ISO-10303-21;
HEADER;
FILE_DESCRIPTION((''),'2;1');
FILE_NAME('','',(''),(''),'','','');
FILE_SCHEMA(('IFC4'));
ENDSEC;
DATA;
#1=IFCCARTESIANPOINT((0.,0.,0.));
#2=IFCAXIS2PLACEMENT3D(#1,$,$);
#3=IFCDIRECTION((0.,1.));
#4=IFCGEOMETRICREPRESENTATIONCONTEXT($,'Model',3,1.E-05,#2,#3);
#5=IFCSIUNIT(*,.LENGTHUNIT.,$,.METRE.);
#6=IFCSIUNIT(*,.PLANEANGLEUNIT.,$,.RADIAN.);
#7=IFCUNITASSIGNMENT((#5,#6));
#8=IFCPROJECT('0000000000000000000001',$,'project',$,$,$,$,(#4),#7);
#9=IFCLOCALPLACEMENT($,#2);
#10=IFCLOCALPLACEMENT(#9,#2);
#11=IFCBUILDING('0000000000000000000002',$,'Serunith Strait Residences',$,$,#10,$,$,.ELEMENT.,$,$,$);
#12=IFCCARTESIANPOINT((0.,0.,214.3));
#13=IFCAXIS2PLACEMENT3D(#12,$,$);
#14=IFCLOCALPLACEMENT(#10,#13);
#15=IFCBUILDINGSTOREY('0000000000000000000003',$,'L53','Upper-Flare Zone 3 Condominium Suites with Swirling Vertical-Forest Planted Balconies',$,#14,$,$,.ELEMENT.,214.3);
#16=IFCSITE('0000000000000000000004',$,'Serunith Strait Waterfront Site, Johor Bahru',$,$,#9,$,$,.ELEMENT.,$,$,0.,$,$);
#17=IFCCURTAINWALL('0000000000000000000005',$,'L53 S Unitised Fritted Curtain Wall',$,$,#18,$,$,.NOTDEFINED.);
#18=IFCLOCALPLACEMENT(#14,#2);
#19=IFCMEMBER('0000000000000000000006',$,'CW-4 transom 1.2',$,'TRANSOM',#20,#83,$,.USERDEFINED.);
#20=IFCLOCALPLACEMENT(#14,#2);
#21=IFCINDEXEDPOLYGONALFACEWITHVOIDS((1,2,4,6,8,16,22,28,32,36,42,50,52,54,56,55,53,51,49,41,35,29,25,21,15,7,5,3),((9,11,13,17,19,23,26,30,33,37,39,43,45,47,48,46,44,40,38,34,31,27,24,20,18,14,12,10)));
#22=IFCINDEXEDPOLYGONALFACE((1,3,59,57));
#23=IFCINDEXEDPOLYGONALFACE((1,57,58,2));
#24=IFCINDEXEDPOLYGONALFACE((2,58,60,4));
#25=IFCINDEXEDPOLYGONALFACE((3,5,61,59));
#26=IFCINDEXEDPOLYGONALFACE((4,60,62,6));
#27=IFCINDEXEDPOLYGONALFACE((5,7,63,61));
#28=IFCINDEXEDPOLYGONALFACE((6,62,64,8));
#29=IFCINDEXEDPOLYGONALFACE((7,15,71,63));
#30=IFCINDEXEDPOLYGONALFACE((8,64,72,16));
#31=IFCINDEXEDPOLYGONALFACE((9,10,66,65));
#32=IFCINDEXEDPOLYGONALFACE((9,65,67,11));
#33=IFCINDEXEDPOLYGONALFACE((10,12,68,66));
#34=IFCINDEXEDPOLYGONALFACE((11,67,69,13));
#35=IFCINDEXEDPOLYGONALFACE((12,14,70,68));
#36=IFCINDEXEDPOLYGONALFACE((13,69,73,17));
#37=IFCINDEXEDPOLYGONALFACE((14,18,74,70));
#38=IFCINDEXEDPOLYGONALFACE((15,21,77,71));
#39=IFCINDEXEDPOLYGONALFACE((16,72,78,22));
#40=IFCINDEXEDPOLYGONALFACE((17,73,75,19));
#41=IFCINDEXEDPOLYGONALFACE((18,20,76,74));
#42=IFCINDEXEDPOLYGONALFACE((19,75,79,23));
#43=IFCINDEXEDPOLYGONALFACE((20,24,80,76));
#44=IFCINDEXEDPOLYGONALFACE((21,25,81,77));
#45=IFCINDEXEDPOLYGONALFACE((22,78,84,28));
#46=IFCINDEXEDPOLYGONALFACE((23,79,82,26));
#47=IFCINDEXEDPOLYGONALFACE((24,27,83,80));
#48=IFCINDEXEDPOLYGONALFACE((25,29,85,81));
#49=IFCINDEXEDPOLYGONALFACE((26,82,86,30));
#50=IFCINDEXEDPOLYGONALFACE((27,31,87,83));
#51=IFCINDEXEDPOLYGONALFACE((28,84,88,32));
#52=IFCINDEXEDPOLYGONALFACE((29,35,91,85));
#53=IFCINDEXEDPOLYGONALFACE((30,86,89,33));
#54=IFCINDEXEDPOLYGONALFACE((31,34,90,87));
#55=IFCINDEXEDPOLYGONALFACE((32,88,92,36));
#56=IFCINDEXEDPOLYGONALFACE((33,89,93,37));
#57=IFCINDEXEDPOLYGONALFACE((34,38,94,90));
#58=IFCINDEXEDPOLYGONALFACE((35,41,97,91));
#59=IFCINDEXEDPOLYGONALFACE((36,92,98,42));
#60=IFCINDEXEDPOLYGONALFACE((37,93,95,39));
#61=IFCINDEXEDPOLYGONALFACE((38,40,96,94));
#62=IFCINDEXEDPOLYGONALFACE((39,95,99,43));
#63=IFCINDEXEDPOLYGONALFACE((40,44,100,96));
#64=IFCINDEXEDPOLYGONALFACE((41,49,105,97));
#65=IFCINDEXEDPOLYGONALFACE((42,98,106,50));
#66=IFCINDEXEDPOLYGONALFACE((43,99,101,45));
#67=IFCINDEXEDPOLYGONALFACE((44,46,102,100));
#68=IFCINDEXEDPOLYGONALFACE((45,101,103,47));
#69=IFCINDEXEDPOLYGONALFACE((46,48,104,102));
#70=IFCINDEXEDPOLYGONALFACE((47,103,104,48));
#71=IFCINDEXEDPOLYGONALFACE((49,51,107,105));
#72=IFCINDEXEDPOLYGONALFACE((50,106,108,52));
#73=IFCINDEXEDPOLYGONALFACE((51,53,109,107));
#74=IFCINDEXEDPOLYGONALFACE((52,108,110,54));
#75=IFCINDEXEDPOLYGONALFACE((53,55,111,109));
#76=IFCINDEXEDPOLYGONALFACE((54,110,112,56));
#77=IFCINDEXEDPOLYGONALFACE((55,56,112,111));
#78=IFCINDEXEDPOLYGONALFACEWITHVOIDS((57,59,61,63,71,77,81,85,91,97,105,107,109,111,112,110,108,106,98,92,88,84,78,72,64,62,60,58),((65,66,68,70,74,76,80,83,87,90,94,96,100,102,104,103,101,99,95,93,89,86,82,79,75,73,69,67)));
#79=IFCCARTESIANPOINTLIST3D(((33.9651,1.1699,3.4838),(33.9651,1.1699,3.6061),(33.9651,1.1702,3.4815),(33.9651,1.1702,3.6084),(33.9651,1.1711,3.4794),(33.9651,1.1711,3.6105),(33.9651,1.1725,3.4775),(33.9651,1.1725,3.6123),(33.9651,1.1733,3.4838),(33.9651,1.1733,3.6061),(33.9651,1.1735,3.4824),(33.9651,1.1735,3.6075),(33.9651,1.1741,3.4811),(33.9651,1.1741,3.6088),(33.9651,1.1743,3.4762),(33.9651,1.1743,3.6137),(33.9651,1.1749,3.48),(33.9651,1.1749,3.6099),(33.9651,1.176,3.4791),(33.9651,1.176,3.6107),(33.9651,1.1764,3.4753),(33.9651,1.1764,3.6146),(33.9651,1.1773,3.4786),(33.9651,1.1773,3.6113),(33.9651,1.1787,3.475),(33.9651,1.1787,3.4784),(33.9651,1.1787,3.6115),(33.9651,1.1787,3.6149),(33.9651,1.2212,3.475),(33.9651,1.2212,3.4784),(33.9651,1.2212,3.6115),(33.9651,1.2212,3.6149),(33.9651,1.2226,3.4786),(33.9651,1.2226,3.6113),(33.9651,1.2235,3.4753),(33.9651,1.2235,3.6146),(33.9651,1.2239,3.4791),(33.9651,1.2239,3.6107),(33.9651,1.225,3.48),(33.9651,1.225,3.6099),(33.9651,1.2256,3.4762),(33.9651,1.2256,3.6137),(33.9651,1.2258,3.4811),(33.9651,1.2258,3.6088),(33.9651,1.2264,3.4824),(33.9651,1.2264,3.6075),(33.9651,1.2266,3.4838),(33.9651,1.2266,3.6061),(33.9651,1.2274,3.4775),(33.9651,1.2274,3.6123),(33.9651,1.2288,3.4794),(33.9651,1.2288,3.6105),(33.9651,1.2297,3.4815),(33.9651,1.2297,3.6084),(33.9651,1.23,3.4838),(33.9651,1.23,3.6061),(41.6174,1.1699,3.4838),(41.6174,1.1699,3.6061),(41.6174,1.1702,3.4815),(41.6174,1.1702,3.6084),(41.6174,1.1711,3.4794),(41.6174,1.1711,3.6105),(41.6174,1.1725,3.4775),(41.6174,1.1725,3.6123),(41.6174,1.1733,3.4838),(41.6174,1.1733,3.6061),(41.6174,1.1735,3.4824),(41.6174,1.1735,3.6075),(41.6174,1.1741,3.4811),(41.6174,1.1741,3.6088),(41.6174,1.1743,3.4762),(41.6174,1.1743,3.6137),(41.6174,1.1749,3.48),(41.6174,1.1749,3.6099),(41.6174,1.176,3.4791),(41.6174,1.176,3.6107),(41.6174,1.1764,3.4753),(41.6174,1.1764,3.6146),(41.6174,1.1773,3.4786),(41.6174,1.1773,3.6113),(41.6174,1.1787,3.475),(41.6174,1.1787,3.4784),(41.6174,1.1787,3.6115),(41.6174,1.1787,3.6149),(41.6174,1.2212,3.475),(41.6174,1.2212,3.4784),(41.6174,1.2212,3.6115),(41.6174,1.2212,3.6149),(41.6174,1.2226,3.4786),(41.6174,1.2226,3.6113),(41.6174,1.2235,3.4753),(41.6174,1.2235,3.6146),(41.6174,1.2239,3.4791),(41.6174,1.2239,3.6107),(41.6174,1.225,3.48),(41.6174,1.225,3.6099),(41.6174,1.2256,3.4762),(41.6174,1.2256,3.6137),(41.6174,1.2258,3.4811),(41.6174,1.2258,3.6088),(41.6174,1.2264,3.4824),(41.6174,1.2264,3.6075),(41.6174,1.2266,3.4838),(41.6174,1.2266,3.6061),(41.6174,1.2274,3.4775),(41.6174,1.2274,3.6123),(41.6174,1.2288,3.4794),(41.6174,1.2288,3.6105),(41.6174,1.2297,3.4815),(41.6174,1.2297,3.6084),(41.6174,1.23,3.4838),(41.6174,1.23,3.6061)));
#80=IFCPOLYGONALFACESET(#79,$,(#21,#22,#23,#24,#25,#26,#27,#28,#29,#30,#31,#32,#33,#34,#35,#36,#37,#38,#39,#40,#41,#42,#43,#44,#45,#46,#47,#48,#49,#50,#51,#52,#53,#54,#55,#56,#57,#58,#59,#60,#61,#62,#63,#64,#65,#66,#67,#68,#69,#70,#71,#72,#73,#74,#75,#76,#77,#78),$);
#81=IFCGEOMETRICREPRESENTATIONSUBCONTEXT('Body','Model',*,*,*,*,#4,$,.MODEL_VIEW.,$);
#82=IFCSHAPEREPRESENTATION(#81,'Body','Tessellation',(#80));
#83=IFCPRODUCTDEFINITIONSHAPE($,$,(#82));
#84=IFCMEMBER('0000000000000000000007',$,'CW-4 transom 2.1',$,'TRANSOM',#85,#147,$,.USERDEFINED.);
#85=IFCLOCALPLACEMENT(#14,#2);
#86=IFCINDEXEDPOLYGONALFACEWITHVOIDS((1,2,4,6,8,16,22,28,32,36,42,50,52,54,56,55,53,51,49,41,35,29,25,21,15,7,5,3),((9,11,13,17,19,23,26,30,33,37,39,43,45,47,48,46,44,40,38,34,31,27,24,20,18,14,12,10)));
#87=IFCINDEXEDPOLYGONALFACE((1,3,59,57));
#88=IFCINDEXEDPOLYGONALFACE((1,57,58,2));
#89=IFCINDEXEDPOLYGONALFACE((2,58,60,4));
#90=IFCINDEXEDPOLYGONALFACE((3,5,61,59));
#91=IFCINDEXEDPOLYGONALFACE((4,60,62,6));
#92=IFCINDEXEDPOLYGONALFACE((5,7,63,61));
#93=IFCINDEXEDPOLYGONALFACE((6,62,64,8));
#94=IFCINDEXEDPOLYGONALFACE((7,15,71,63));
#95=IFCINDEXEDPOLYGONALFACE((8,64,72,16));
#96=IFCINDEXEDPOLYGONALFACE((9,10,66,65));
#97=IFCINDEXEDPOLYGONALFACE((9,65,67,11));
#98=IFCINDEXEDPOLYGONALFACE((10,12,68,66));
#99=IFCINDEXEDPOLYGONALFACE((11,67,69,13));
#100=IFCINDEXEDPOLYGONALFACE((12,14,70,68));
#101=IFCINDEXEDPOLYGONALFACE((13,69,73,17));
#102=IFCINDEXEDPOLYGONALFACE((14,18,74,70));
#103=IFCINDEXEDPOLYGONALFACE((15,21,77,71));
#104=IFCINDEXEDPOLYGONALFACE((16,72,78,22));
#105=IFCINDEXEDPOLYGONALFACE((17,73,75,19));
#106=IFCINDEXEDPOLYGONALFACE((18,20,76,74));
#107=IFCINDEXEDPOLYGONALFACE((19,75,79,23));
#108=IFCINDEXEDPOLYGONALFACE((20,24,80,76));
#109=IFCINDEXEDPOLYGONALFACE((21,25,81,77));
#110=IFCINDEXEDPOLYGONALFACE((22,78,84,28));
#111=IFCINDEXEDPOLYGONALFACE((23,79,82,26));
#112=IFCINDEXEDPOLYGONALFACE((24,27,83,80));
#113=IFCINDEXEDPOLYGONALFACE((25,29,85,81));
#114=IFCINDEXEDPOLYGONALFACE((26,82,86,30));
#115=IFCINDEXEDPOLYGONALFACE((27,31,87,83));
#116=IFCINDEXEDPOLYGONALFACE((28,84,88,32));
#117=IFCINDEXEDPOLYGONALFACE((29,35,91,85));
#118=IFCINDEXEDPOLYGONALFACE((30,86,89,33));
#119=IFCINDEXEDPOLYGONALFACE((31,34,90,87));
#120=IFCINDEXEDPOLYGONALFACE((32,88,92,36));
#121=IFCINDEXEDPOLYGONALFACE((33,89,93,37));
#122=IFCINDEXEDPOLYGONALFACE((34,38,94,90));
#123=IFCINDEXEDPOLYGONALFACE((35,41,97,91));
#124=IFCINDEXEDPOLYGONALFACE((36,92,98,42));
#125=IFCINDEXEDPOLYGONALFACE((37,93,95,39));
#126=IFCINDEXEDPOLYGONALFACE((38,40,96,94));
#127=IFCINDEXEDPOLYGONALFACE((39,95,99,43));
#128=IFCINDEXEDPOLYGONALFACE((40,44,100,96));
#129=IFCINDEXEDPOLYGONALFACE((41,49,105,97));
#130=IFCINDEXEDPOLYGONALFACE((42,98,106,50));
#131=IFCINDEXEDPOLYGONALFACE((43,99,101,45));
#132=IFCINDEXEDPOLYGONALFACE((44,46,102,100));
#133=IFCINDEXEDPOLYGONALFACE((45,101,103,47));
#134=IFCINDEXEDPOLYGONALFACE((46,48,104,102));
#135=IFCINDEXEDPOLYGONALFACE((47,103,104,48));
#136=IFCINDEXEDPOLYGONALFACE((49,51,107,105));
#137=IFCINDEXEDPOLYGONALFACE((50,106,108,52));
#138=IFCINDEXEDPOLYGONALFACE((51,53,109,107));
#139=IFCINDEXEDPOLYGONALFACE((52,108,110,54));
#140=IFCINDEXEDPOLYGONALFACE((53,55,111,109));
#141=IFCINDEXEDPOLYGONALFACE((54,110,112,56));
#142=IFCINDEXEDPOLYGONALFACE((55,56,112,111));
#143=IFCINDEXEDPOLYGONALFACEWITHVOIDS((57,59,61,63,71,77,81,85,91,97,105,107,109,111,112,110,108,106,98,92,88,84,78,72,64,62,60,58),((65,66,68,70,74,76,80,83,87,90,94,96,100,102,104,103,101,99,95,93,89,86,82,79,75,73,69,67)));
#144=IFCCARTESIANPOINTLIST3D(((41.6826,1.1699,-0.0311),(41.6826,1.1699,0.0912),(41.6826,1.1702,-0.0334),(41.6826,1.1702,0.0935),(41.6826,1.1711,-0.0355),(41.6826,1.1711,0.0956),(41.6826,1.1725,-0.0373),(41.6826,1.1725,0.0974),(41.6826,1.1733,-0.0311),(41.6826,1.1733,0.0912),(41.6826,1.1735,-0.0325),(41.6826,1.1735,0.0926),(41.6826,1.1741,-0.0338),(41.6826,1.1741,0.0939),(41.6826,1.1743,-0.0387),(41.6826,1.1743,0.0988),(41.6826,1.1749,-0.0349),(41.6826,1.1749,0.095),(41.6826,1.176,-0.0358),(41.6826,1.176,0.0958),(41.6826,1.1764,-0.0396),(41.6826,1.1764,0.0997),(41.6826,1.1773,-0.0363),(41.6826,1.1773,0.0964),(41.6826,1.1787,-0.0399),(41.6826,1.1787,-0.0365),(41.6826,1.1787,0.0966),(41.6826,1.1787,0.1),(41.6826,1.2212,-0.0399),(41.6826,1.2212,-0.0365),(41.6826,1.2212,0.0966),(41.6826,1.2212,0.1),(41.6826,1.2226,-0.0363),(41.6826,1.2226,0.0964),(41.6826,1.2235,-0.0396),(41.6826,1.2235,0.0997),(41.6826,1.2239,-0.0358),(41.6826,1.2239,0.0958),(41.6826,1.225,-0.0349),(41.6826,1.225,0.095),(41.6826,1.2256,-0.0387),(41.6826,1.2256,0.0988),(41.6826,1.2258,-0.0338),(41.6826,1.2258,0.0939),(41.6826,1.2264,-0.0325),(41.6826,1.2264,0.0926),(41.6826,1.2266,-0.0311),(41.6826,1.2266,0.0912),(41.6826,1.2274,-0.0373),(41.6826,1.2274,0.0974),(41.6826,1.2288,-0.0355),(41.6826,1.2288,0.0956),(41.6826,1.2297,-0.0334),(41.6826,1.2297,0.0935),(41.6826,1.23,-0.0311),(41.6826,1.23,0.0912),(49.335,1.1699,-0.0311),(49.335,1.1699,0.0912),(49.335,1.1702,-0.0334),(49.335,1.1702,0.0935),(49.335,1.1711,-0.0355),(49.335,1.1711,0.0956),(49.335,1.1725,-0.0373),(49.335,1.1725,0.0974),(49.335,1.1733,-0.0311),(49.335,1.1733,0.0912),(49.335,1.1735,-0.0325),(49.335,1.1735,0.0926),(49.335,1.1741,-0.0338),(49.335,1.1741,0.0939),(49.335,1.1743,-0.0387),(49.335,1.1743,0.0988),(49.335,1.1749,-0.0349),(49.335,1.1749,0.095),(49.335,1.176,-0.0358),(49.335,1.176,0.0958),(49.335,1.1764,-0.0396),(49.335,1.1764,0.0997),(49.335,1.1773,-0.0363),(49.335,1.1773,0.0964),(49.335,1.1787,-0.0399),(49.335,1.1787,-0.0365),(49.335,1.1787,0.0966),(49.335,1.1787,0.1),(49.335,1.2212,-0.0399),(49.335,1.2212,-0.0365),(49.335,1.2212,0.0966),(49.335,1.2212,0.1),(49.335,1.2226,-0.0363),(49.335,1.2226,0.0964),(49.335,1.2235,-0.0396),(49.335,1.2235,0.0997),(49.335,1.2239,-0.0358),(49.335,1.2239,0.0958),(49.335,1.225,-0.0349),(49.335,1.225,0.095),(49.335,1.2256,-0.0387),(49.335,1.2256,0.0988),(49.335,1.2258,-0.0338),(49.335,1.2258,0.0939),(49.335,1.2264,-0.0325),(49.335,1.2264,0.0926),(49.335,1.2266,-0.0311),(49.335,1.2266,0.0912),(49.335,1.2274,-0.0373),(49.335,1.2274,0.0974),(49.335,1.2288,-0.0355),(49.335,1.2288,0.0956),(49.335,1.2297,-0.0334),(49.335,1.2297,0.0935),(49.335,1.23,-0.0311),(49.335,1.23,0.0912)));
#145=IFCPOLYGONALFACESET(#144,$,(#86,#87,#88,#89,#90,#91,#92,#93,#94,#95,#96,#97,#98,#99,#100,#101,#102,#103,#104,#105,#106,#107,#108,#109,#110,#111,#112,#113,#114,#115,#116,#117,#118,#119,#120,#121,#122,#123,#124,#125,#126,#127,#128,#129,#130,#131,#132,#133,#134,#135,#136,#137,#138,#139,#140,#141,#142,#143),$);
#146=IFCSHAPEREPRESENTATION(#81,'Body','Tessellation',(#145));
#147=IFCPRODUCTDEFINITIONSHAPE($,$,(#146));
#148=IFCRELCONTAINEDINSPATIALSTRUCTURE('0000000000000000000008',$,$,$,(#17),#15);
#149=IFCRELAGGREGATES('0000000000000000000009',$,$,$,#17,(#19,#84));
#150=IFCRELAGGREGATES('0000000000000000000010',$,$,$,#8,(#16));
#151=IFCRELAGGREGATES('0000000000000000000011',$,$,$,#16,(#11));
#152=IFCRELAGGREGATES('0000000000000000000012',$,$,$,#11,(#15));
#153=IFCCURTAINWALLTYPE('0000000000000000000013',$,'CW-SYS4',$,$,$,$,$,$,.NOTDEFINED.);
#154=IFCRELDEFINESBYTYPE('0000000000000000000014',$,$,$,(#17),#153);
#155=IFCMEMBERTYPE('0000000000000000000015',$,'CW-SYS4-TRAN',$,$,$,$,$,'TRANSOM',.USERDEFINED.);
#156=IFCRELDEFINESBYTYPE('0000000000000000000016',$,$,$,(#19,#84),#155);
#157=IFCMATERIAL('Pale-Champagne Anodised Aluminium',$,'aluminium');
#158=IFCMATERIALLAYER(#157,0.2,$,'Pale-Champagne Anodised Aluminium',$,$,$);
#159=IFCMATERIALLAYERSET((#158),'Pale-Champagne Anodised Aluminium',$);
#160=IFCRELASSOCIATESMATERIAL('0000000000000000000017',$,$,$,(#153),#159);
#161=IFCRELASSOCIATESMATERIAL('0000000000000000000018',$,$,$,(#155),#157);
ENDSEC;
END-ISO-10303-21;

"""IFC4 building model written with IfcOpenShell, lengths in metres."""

from ifc_helpers import new_model, si_unit, direction, frame, origin, origin_2d, place, context, subcontext, project, spatial, hollow_rectangle, extrude, source, transform, mapped, material, layer, layer_set, material_profile, profile_set, type_object, element, aggregate, save


model = new_model("IFC4")

# Units and contexts
model_context = context("Model", 3, precision=1e-05, world=origin(), true_north=direction((0.0, 1.0)))
body_context = subcontext(model_context, "Body", "Model", "MODEL_VIEW")
ifc_project = project(units=[si_unit("LENGTHUNIT", "METRE"), si_unit("PLANEANGLEUNIT", "RADIAN")], contexts=[model_context])

# Site, building, storey
site_placement = place(None, origin())
site = spatial("IfcSite", under=ifc_project, at=site_placement, Name="Serunith Strait Waterfront Site, Johor Bahru", CompositionType="ELEMENT", RefElevation=0.0)
building_placement = place(site_placement, origin())
building = spatial("IfcBuilding", under=site, at=building_placement, Name="Serunith Strait Residences", CompositionType="ELEMENT")
storey_placement = place(building_placement, frame((0.0, 0.0, 214.3)))
storey = spatial("IfcBuildingStorey", under=building, at=storey_placement, Name="L53", Description="Upper-Flare Zone 3 Condominium Suites with Swirling Vertical-Forest Planted Balconies", CompositionType="ELEMENT", Elevation=214.3)

# Shared definitions
ifc_material_1 = material(Name="Pale-Champagne Anodised Aluminium", Category="aluminium")
ifc_layer_1 = layer(ifc_material_1, 0.2, Name="Pale-Champagne Anodised Aluminium")
ifc_layer_set_1 = layer_set([ifc_layer_1], Name="Pale-Champagne Anodised Aluminium")
curtain_wall_type = type_object("IfcCurtainWallType", Name="CW-SYS4", PredefinedType="NOTDEFINED", material=ifc_layer_set_1)

# Curtain wall, members
curtain_wall_1_placement = place(storey_placement, origin())
curtain_wall_1 = element("IfcCurtainWall", 1, at=curtain_wall_1_placement, inside=storey, type_object=curtain_wall_type, Name="L53 S Unitised Fritted Curtain Wall", PredefinedType="NOTDEFINED")
ifc_material_profile_1 = material_profile(ifc_material_1, hollow_rectangle(XDim=0.0601, YDim=0.1399, WallThickness=0.0034, InnerFilletRadius=0.0054, OuterFilletRadius=0.0088, at=origin_2d()), Name="ALU 140x60x3.5")
ifc_profile_set_1 = profile_set([ifc_material_profile_1], Name="Pale-Champagne Anodised Aluminium")
member_type_1 = type_object("IfcMemberType", Name="CW-SYS4-TRAN", ElementType="TRANSOM", PredefinedType="USERDEFINED", material=ifc_profile_set_1)
shared_shape_1 = source(origin(), body_context, "Body", "SweptSolid", [
    extrude(hollow_rectangle(XDim=0.0601, YDim=0.1399, WallThickness=0.0034, InnerFilletRadius=0.0054, OuterFilletRadius=0.0088, at=origin_2d()), origin(), (0.0, 0.0, 1.0), 7.6523),
])
member_1_placement = place(storey_placement, frame((33.9651, 1.2, 3.5449), z_axis=(1.0, 0.0, 0.0), x_axis=(0.0, 1.0, 0.0)))
member_1 = element("IfcMember", 2, at=member_1_placement, type_object=member_type_1, Name="CW-4 transom 1.2", ObjectType="TRANSOM", PredefinedType="USERDEFINED", context=body_context, shape_type="MappedRepresentation", body=[
    mapped(shared_shape_1, transform((0.0, 0.0, 0.0), scale=1.0)),
])
member_2_placement = place(storey_placement, frame((41.6826, 1.2, 0.03), z_axis=(1.0, 0.0, 0.0), x_axis=(0.0, 1.0, 0.0)))
member_2 = element("IfcMember", 3, at=member_2_placement, type_object=member_type_1, Name="CW-4 transom 2.1", ObjectType="TRANSOM", PredefinedType="USERDEFINED", context=body_context, shape_type="MappedRepresentation", body=[
    mapped(shared_shape_1, transform((0.0, 0.0, 0.0), scale=1.0)),
])
aggregate(curtain_wall_1, [member_1, member_2])

save(model, "model.ifc")
